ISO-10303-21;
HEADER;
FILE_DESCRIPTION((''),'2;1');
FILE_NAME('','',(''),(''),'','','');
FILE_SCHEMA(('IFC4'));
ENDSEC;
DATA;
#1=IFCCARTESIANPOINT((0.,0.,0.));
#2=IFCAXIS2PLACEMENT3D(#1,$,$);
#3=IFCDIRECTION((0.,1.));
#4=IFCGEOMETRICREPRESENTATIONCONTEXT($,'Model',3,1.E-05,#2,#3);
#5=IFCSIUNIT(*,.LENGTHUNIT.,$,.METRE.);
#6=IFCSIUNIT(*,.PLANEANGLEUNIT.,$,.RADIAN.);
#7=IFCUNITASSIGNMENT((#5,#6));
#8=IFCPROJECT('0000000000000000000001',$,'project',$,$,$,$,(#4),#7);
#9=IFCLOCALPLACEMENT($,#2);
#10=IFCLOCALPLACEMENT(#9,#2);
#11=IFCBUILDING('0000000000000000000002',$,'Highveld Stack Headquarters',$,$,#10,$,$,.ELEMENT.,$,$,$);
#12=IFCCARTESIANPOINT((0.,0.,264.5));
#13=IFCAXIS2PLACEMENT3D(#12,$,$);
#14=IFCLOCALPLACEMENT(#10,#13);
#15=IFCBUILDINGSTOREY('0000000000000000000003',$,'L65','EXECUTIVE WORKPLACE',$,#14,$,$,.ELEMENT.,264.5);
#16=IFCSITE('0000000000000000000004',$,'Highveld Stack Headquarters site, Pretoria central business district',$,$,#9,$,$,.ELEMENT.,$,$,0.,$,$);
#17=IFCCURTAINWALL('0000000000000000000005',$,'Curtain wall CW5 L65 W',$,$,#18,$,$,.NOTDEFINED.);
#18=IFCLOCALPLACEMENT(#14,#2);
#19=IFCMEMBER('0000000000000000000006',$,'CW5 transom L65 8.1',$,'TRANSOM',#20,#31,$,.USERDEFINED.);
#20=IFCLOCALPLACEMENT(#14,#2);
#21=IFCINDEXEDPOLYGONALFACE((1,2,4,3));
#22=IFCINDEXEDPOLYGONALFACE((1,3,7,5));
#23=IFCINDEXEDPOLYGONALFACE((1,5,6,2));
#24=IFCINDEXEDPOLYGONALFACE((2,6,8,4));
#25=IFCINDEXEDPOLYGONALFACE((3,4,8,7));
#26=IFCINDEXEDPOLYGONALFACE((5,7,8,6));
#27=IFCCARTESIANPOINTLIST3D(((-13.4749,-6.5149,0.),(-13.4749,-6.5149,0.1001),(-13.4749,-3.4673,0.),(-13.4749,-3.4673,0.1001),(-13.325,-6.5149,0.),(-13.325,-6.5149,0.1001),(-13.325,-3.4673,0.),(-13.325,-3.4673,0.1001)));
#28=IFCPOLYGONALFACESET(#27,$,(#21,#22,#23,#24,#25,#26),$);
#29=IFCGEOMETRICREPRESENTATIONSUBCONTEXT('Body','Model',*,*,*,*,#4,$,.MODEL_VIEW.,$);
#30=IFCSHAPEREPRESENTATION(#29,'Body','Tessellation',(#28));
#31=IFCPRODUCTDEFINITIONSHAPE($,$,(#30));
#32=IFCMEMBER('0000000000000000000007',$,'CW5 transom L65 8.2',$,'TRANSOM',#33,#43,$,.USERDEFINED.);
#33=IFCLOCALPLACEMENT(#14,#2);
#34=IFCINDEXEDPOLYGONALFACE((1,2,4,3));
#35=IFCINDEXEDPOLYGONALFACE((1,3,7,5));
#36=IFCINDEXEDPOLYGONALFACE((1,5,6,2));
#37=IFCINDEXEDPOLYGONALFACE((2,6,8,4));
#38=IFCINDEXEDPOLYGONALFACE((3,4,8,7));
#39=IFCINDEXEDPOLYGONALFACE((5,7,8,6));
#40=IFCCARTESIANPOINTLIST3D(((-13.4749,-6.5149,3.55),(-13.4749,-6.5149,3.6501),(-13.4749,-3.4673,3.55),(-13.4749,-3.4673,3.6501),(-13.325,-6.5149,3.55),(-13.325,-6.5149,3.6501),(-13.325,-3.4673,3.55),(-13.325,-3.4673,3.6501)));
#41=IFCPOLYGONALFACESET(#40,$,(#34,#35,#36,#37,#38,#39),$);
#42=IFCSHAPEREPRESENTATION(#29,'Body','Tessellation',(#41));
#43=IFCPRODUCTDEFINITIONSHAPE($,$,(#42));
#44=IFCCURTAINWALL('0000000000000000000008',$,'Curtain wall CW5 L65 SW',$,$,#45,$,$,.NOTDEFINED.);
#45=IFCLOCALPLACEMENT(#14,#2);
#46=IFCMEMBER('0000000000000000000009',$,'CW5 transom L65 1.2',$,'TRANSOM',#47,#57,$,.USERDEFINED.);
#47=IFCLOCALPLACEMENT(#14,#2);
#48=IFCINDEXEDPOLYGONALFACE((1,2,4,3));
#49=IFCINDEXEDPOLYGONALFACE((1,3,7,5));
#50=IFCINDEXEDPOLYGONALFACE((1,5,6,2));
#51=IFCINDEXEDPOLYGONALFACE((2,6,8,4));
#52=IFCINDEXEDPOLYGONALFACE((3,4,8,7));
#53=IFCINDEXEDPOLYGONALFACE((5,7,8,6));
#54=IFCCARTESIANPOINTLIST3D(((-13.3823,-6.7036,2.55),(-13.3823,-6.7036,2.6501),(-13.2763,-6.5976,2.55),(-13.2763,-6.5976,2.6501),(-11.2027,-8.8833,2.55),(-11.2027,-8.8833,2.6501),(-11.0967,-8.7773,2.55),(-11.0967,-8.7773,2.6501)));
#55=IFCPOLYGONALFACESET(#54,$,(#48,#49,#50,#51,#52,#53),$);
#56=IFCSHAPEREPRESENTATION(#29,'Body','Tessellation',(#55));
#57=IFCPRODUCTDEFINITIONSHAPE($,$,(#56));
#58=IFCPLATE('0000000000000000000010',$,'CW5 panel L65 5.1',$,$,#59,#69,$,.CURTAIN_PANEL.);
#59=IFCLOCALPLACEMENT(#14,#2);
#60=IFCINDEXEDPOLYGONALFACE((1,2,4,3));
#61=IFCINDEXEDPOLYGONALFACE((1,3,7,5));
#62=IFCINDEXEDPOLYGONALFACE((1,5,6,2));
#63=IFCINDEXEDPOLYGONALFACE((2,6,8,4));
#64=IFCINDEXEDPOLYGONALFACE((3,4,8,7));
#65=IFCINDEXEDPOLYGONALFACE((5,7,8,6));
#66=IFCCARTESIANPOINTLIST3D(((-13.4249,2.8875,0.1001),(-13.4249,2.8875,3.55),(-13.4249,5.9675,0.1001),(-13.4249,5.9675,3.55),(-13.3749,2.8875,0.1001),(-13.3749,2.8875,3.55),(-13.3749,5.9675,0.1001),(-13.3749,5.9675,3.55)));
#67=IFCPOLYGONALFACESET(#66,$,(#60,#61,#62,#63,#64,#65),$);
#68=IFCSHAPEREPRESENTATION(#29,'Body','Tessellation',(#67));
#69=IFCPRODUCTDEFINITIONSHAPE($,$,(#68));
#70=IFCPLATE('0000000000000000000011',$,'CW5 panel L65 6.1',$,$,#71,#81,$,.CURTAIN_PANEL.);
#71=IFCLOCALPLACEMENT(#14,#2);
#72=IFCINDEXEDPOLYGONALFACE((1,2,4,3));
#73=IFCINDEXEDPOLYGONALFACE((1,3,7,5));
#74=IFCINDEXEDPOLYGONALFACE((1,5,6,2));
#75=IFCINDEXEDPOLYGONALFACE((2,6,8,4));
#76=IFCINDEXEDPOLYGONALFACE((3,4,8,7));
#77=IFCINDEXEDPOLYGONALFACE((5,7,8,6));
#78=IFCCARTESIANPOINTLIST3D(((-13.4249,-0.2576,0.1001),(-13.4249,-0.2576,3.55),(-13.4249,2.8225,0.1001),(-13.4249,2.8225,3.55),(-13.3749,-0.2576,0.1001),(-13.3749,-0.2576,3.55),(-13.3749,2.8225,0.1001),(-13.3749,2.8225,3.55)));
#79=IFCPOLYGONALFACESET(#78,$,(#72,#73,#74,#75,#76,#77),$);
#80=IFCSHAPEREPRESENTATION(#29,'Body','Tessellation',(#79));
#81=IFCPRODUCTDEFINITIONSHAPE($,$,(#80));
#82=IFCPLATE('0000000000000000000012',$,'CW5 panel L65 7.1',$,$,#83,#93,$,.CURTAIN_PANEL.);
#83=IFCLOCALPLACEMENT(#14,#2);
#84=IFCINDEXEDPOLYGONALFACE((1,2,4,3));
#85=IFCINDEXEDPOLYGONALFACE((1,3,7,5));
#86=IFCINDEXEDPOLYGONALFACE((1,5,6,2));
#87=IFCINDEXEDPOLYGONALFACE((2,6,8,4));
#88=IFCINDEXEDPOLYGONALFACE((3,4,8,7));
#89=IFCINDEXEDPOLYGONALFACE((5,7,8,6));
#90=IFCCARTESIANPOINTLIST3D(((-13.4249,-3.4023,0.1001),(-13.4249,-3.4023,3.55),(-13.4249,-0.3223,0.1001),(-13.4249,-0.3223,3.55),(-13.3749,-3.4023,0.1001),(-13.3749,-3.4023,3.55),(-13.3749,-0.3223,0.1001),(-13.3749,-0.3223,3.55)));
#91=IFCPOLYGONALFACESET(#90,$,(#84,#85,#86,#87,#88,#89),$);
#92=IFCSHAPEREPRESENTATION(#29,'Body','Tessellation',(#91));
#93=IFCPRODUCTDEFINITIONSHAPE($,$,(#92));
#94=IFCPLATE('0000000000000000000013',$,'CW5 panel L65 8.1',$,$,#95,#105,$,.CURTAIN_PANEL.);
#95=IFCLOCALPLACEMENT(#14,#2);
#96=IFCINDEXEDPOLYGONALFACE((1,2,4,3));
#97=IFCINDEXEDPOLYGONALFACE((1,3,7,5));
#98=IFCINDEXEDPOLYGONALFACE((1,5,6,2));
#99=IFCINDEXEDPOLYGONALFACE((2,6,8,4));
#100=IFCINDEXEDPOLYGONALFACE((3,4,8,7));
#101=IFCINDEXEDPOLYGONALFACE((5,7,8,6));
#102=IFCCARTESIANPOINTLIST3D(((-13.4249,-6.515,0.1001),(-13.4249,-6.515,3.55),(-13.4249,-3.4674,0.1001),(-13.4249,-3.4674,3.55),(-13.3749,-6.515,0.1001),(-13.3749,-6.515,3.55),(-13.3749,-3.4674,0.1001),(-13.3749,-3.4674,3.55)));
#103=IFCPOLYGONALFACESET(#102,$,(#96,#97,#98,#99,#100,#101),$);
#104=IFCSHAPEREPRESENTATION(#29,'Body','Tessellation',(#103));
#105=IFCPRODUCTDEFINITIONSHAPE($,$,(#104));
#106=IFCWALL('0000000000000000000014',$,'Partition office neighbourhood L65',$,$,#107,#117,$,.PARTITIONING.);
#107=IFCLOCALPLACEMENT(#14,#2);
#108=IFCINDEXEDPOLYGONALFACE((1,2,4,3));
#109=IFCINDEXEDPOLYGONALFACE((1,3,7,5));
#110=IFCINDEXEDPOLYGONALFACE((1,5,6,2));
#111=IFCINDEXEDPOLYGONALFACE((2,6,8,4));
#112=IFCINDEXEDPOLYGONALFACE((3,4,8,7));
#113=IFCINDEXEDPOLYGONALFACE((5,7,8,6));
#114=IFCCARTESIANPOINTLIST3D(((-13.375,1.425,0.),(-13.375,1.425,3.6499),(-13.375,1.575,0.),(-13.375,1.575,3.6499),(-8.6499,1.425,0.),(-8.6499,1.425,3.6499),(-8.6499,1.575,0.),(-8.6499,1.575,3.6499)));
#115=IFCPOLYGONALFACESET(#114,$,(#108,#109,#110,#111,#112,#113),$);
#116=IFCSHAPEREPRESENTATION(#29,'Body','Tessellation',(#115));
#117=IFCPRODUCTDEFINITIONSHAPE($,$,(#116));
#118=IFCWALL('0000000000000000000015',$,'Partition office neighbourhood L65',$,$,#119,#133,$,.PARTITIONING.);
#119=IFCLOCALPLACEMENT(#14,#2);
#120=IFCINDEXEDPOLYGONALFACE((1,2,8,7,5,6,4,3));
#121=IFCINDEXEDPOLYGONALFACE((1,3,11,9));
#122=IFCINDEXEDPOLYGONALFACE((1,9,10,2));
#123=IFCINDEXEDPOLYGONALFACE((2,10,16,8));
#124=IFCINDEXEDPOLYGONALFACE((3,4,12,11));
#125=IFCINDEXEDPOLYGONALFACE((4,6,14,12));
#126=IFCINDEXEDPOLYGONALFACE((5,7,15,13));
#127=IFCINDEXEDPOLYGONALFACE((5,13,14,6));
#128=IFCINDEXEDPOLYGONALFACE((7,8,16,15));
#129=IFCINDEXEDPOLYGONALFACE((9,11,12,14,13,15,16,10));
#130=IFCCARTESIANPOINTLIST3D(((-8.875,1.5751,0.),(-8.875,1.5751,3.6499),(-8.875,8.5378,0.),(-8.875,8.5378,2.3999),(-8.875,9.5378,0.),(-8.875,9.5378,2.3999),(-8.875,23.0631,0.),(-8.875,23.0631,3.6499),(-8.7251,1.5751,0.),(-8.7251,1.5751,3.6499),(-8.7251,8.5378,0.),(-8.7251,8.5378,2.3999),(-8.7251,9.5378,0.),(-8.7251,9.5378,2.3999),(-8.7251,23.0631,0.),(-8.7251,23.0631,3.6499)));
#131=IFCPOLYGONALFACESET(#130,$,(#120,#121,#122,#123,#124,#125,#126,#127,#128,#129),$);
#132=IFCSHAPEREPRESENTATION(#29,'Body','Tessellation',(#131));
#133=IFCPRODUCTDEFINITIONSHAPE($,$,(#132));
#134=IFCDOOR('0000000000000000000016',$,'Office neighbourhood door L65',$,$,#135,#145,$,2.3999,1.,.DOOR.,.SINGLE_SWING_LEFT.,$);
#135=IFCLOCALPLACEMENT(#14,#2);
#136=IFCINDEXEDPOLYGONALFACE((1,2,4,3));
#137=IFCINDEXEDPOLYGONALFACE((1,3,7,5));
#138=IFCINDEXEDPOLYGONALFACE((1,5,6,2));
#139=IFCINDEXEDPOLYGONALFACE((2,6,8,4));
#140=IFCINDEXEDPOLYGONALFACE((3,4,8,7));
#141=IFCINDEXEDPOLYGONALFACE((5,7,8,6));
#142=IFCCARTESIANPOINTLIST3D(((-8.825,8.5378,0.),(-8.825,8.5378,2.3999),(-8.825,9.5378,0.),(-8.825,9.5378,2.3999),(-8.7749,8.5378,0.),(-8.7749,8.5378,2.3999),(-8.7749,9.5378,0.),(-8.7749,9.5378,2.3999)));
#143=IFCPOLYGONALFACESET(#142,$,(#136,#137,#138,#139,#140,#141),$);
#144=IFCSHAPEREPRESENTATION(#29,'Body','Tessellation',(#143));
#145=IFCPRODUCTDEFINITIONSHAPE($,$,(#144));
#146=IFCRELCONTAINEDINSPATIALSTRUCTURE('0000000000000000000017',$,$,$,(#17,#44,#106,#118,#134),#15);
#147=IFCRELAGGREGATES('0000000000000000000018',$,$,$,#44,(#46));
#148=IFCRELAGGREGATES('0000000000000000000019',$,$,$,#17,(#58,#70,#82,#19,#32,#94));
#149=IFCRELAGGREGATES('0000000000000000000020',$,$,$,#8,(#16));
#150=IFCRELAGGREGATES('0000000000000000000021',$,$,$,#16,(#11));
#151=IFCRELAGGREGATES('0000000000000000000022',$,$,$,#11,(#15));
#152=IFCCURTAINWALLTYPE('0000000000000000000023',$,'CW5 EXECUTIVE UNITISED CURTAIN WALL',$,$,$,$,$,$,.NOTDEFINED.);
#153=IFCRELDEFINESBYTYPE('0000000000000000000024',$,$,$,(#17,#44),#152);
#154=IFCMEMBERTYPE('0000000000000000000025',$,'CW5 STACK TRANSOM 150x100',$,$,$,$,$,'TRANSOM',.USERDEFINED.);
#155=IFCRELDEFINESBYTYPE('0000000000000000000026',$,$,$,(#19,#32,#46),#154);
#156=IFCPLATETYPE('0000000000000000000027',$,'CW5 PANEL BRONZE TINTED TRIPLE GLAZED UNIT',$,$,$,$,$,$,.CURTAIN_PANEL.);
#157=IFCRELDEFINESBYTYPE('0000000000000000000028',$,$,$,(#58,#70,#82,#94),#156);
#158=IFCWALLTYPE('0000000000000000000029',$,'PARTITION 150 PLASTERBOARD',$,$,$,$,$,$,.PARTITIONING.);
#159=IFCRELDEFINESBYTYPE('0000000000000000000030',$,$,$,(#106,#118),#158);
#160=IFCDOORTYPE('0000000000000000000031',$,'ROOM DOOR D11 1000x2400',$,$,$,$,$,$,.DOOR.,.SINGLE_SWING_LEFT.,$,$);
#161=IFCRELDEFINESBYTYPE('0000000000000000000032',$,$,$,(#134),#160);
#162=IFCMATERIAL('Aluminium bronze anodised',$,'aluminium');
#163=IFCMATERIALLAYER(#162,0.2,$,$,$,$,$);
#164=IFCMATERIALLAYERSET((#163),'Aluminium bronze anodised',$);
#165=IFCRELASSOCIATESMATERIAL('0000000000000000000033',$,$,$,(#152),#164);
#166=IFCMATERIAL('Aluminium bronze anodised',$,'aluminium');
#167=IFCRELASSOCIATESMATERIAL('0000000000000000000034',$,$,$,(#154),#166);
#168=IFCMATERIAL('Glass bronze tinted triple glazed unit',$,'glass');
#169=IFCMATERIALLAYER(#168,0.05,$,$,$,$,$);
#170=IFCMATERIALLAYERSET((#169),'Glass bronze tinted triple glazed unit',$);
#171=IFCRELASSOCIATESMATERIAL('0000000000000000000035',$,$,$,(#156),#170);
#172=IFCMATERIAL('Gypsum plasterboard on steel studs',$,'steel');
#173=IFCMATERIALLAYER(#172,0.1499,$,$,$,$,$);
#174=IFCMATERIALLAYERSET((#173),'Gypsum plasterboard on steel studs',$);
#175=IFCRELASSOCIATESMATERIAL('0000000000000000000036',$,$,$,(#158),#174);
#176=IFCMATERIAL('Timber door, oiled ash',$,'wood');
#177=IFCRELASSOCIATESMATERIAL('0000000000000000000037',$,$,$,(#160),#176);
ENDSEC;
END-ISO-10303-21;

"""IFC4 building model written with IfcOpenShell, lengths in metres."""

from ifc_helpers import new_model, si_unit, direction, frame, frame_2d, origin, origin_2d, place, context, subcontext, project, spatial, rectangle, extrude, material, layer, layer_set, material_profile, profile_set, type_object, element, fill, aggregate, save


model = new_model("IFC4")

# Units and contexts
model_context = context("Model", 3, precision=1e-05, world=origin(), true_north=direction((0.0, 1.0)))
body_context = subcontext(model_context, "Body", "Model", "MODEL_VIEW")
ifc_project = project(units=[si_unit("LENGTHUNIT", "METRE"), si_unit("PLANEANGLEUNIT", "RADIAN")], contexts=[model_context])

# Site, building, storey
site_placement = place(None, origin())
site = spatial("IfcSite", under=ifc_project, at=site_placement, Name="Highveld Stack Headquarters site, Pretoria central business district", CompositionType="ELEMENT", RefElevation=0.0)
building_placement = place(site_placement, origin())
building = spatial("IfcBuilding", under=site, at=building_placement, Name="Highveld Stack Headquarters", CompositionType="ELEMENT")
storey_placement = place(building_placement, frame((0.0, 0.0, 264.5)))
storey = spatial("IfcBuildingStorey", under=building, at=storey_placement, Name="L65", Description="EXECUTIVE WORKPLACE", CompositionType="ELEMENT", Elevation=264.5)

# Curtain wall, members
ifc_material_1 = material(Name="Aluminium bronze anodised", Category="aluminium")
ifc_layer_1 = layer(ifc_material_1, 0.2)
ifc_layer_set_1 = layer_set([ifc_layer_1], Name="Aluminium bronze anodised")
curtain_wall_type = type_object("IfcCurtainWallType", Name="CW5 EXECUTIVE UNITISED CURTAIN WALL", PredefinedType="NOTDEFINED", material=ifc_layer_set_1)
curtain_wall_1_placement = place(storey_placement, origin())
curtain_wall_1 = element("IfcCurtainWall", 1, at=curtain_wall_1_placement, inside=storey, type_object=curtain_wall_type, Name="Curtain wall CW5 L65 W", PredefinedType="NOTDEFINED")
ifc_material_2 = material(Name="Aluminium bronze anodised", Category="aluminium")
ifc_material_profile_1 = material_profile(ifc_material_2, rectangle(XDim=0.1499, YDim=0.1001, at=origin_2d()), Name="CW5 TRANSOM 150x100")
ifc_profile_set_1 = profile_set([ifc_material_profile_1], Name="Aluminium bronze anodised")
member_type_1 = type_object("IfcMemberType", Name="CW5 STACK TRANSOM 150x100", ElementType="TRANSOM", PredefinedType="USERDEFINED", material=ifc_profile_set_1)
member_1_placement = place(storey_placement, frame((-13.3999, -3.4673, 0.05), z_axis=(0.0, -1.0, 0.0), x_axis=(1.0, 0.0, 0.0)))
member_1 = element("IfcMember", 2, at=member_1_placement, type_object=member_type_1, Name="CW5 transom L65 8.1", ObjectType="TRANSOM", PredefinedType="USERDEFINED", context=body_context, shape_type="SweptSolid", body=[
    extrude(rectangle(XDim=0.1499, YDim=0.1001, at=origin_2d()), origin(), (0.0, 0.0, 1.0), 3.0476),
])
member_2_placement = place(storey_placement, frame((-13.3999, -3.4673, 3.6001), z_axis=(0.0, -1.0, 0.0), x_axis=(1.0, 0.0, 0.0)))
member_2 = element("IfcMember", 3, at=member_2_placement, type_object=member_type_1, Name="CW5 transom L65 8.2", ObjectType="TRANSOM", PredefinedType="USERDEFINED", context=body_context, shape_type="SweptSolid", body=[
    extrude(rectangle(XDim=0.1499, YDim=0.1001, at=origin_2d()), origin(), (0.0, 0.0, 1.0), 3.0476),
])

# Curtain wall, member
curtain_wall_2_placement = place(storey_placement, origin())
curtain_wall_2 = element("IfcCurtainWall", 4, at=curtain_wall_2_placement, inside=storey, type_object=curtain_wall_type, Name="Curtain wall CW5 L65 SW", PredefinedType="NOTDEFINED")
member_3_placement = place(storey_placement, frame((-13.3293, -6.6506, 2.6001), z_axis=(0.707107, -0.707107, 0.0), x_axis=(0.707107, 0.707107, 0.0)))
member_3 = element("IfcMember", 5, at=member_3_placement, type_object=member_type_1, Name="CW5 transom L65 1.2", ObjectType="TRANSOM", PredefinedType="USERDEFINED", context=body_context, shape_type="SweptSolid", body=[
    extrude(rectangle(XDim=0.1499, YDim=0.1001, at=origin_2d()), origin(), (0.0, 0.0, 1.0), 3.0825),
])
aggregate(curtain_wall_2, [member_3])

# Plates
ifc_material_3 = material(Name="Glass bronze tinted triple glazed unit", Category="glass")
ifc_layer_2 = layer(ifc_material_3, 0.05)
ifc_layer_set_2 = layer_set([ifc_layer_2], Name="Glass bronze tinted triple glazed unit")
plate_type = type_object("IfcPlateType", Name="CW5 PANEL BRONZE TINTED TRIPLE GLAZED UNIT", PredefinedType="CURTAIN_PANEL", material=ifc_layer_set_2)
plate_1_placement = place(storey_placement, frame((-13.3999, 4.4275, 0.1001), z_axis=(0.0, 0.0, 1.0), x_axis=(0.0, -1.0, 0.0)))
plate_1 = element("IfcPlate", 6, at=plate_1_placement, type_object=plate_type, Name="CW5 panel L65 5.1", PredefinedType="CURTAIN_PANEL", context=body_context, shape_type="SweptSolid", body=[
    extrude(rectangle(XDim=3.0801, YDim=0.05, at=origin_2d()), origin(), (0.0, 0.0, 1.0), 3.45),
])
plate_2_placement = place(storey_placement, frame((-13.3999, 1.2825, 0.1001), z_axis=(0.0, 0.0, 1.0), x_axis=(0.0, -1.0, 0.0)))
plate_2 = element("IfcPlate", 7, at=plate_2_placement, type_object=plate_type, Name="CW5 panel L65 6.1", PredefinedType="CURTAIN_PANEL", context=body_context, shape_type="SweptSolid", body=[
    extrude(rectangle(XDim=3.0801, YDim=0.05, at=origin_2d()), origin(), (0.0, 0.0, 1.0), 3.45),
])
plate_3_placement = place(storey_placement, frame((-13.3999, -1.8623, 0.1001), z_axis=(0.0, 0.0, 1.0), x_axis=(0.0, -1.0, 0.0)))
plate_3 = element("IfcPlate", 8, at=plate_3_placement, type_object=plate_type, Name="CW5 panel L65 7.1", PredefinedType="CURTAIN_PANEL", context=body_context, shape_type="SweptSolid", body=[
    extrude(rectangle(XDim=3.0801, YDim=0.05, at=origin_2d()), origin(), (0.0, 0.0, 1.0), 3.45),
])
plate_4_placement = place(storey_placement, frame((-13.3999, -4.9912, 0.1001), z_axis=(0.0, 0.0, 1.0), x_axis=(0.0, -1.0, 0.0)))
plate_4 = element("IfcPlate", 9, at=plate_4_placement, type_object=plate_type, Name="CW5 panel L65 8.1", PredefinedType="CURTAIN_PANEL", context=body_context, shape_type="SweptSolid", body=[
    extrude(rectangle(XDim=3.0476, YDim=0.05, at=origin_2d()), origin(), (0.0, 0.0, 1.0), 3.45),
])
aggregate(curtain_wall_1, [plate_1, plate_2, plate_3, member_1, member_2, plate_4])

# Wall
ifc_material_4 = material(Name="Gypsum plasterboard on steel studs", Category="steel")
ifc_layer_3 = layer(ifc_material_4, 0.1499)
ifc_layer_set_3 = layer_set([ifc_layer_3], Name="Gypsum plasterboard on steel studs")
wall_type = type_object("IfcWallType", Name="PARTITION 150 PLASTERBOARD", PredefinedType="PARTITIONING", material=ifc_layer_set_3)
wall_1_placement = place(storey_placement, frame((-13.375, 1.5, 0.0), z_axis=(0.0, 0.0, 1.0), x_axis=(1.0, 0.0, 0.0)))
element("IfcWall", 10, at=wall_1_placement, inside=storey, type_object=wall_type, Name="Partition office neighbourhood L65", PredefinedType="PARTITIONING", context=body_context, shape_type="SweptSolid", body=[
    extrude(rectangle(XDim=4.7251, YDim=0.1499, at=frame_2d((2.3625, 0.0))), origin(), (0.0, 0.0, 1.0), 3.6499),
])

# Wall, opening, door
wall_2_placement = place(storey_placement, frame((-8.8, 1.575, 0.0), z_axis=(0.0, 0.0, 1.0), x_axis=(0.0, 1.0, 0.0)))
wall_2 = element("IfcWall", 11, at=wall_2_placement, inside=storey, type_object=wall_type, Name="Partition office neighbourhood L65", PredefinedType="PARTITIONING", context=body_context, shape_type="SweptSolid", body=[
    extrude(rectangle(XDim=21.488, YDim=0.1499, at=frame_2d((10.7441, 0.0))), origin(), (0.0, 0.0, 1.0), 3.6499),
])
opening_placement = place(wall_2_placement, frame((6.9629, 0.0, 0.0)))
opening = element("IfcOpeningElement", 12, at=opening_placement, cuts=wall_2, PredefinedType="OPENING", context=body_context, shape_type="SweptSolid", body=[
    extrude(rectangle(XDim=1.0, YDim=2.3999, at=frame_2d((0.5, 1.2))), frame((0.0, 0.085, 0.0), z_axis=(0.0, -1.0, 0.0), x_axis=(1.0, 0.0, 0.0)), (0.0, 0.0, 1.0), 0.1699),
])
ifc_material_5 = material(Name="Timber door, oiled ash", Category="wood")
door_type = type_object("IfcDoorType", Name="ROOM DOOR D11 1000x2400", OperationType="SINGLE_SWING_LEFT", PredefinedType="DOOR", material=ifc_material_5)
door_placement = place(opening_placement, origin())
door = element("IfcDoor", 13, at=door_placement, inside=storey, type_object=door_type, Name="Office neighbourhood door L65", OperationType="SINGLE_SWING_LEFT", OverallHeight=2.3999, OverallWidth=1.0, PredefinedType="DOOR", context=body_context, shape_type="SweptSolid", body=[
    extrude(rectangle(XDim=1.0, YDim=2.3999, at=frame_2d((0.5, 1.2))), frame((0.0, 0.0249, 0.0), z_axis=(0.0, -1.0, 0.0), x_axis=(1.0, 0.0, 0.0)), (0.0, 0.0, 1.0), 0.05),
])
fill(opening, door)

save(model, "model.ifc")
